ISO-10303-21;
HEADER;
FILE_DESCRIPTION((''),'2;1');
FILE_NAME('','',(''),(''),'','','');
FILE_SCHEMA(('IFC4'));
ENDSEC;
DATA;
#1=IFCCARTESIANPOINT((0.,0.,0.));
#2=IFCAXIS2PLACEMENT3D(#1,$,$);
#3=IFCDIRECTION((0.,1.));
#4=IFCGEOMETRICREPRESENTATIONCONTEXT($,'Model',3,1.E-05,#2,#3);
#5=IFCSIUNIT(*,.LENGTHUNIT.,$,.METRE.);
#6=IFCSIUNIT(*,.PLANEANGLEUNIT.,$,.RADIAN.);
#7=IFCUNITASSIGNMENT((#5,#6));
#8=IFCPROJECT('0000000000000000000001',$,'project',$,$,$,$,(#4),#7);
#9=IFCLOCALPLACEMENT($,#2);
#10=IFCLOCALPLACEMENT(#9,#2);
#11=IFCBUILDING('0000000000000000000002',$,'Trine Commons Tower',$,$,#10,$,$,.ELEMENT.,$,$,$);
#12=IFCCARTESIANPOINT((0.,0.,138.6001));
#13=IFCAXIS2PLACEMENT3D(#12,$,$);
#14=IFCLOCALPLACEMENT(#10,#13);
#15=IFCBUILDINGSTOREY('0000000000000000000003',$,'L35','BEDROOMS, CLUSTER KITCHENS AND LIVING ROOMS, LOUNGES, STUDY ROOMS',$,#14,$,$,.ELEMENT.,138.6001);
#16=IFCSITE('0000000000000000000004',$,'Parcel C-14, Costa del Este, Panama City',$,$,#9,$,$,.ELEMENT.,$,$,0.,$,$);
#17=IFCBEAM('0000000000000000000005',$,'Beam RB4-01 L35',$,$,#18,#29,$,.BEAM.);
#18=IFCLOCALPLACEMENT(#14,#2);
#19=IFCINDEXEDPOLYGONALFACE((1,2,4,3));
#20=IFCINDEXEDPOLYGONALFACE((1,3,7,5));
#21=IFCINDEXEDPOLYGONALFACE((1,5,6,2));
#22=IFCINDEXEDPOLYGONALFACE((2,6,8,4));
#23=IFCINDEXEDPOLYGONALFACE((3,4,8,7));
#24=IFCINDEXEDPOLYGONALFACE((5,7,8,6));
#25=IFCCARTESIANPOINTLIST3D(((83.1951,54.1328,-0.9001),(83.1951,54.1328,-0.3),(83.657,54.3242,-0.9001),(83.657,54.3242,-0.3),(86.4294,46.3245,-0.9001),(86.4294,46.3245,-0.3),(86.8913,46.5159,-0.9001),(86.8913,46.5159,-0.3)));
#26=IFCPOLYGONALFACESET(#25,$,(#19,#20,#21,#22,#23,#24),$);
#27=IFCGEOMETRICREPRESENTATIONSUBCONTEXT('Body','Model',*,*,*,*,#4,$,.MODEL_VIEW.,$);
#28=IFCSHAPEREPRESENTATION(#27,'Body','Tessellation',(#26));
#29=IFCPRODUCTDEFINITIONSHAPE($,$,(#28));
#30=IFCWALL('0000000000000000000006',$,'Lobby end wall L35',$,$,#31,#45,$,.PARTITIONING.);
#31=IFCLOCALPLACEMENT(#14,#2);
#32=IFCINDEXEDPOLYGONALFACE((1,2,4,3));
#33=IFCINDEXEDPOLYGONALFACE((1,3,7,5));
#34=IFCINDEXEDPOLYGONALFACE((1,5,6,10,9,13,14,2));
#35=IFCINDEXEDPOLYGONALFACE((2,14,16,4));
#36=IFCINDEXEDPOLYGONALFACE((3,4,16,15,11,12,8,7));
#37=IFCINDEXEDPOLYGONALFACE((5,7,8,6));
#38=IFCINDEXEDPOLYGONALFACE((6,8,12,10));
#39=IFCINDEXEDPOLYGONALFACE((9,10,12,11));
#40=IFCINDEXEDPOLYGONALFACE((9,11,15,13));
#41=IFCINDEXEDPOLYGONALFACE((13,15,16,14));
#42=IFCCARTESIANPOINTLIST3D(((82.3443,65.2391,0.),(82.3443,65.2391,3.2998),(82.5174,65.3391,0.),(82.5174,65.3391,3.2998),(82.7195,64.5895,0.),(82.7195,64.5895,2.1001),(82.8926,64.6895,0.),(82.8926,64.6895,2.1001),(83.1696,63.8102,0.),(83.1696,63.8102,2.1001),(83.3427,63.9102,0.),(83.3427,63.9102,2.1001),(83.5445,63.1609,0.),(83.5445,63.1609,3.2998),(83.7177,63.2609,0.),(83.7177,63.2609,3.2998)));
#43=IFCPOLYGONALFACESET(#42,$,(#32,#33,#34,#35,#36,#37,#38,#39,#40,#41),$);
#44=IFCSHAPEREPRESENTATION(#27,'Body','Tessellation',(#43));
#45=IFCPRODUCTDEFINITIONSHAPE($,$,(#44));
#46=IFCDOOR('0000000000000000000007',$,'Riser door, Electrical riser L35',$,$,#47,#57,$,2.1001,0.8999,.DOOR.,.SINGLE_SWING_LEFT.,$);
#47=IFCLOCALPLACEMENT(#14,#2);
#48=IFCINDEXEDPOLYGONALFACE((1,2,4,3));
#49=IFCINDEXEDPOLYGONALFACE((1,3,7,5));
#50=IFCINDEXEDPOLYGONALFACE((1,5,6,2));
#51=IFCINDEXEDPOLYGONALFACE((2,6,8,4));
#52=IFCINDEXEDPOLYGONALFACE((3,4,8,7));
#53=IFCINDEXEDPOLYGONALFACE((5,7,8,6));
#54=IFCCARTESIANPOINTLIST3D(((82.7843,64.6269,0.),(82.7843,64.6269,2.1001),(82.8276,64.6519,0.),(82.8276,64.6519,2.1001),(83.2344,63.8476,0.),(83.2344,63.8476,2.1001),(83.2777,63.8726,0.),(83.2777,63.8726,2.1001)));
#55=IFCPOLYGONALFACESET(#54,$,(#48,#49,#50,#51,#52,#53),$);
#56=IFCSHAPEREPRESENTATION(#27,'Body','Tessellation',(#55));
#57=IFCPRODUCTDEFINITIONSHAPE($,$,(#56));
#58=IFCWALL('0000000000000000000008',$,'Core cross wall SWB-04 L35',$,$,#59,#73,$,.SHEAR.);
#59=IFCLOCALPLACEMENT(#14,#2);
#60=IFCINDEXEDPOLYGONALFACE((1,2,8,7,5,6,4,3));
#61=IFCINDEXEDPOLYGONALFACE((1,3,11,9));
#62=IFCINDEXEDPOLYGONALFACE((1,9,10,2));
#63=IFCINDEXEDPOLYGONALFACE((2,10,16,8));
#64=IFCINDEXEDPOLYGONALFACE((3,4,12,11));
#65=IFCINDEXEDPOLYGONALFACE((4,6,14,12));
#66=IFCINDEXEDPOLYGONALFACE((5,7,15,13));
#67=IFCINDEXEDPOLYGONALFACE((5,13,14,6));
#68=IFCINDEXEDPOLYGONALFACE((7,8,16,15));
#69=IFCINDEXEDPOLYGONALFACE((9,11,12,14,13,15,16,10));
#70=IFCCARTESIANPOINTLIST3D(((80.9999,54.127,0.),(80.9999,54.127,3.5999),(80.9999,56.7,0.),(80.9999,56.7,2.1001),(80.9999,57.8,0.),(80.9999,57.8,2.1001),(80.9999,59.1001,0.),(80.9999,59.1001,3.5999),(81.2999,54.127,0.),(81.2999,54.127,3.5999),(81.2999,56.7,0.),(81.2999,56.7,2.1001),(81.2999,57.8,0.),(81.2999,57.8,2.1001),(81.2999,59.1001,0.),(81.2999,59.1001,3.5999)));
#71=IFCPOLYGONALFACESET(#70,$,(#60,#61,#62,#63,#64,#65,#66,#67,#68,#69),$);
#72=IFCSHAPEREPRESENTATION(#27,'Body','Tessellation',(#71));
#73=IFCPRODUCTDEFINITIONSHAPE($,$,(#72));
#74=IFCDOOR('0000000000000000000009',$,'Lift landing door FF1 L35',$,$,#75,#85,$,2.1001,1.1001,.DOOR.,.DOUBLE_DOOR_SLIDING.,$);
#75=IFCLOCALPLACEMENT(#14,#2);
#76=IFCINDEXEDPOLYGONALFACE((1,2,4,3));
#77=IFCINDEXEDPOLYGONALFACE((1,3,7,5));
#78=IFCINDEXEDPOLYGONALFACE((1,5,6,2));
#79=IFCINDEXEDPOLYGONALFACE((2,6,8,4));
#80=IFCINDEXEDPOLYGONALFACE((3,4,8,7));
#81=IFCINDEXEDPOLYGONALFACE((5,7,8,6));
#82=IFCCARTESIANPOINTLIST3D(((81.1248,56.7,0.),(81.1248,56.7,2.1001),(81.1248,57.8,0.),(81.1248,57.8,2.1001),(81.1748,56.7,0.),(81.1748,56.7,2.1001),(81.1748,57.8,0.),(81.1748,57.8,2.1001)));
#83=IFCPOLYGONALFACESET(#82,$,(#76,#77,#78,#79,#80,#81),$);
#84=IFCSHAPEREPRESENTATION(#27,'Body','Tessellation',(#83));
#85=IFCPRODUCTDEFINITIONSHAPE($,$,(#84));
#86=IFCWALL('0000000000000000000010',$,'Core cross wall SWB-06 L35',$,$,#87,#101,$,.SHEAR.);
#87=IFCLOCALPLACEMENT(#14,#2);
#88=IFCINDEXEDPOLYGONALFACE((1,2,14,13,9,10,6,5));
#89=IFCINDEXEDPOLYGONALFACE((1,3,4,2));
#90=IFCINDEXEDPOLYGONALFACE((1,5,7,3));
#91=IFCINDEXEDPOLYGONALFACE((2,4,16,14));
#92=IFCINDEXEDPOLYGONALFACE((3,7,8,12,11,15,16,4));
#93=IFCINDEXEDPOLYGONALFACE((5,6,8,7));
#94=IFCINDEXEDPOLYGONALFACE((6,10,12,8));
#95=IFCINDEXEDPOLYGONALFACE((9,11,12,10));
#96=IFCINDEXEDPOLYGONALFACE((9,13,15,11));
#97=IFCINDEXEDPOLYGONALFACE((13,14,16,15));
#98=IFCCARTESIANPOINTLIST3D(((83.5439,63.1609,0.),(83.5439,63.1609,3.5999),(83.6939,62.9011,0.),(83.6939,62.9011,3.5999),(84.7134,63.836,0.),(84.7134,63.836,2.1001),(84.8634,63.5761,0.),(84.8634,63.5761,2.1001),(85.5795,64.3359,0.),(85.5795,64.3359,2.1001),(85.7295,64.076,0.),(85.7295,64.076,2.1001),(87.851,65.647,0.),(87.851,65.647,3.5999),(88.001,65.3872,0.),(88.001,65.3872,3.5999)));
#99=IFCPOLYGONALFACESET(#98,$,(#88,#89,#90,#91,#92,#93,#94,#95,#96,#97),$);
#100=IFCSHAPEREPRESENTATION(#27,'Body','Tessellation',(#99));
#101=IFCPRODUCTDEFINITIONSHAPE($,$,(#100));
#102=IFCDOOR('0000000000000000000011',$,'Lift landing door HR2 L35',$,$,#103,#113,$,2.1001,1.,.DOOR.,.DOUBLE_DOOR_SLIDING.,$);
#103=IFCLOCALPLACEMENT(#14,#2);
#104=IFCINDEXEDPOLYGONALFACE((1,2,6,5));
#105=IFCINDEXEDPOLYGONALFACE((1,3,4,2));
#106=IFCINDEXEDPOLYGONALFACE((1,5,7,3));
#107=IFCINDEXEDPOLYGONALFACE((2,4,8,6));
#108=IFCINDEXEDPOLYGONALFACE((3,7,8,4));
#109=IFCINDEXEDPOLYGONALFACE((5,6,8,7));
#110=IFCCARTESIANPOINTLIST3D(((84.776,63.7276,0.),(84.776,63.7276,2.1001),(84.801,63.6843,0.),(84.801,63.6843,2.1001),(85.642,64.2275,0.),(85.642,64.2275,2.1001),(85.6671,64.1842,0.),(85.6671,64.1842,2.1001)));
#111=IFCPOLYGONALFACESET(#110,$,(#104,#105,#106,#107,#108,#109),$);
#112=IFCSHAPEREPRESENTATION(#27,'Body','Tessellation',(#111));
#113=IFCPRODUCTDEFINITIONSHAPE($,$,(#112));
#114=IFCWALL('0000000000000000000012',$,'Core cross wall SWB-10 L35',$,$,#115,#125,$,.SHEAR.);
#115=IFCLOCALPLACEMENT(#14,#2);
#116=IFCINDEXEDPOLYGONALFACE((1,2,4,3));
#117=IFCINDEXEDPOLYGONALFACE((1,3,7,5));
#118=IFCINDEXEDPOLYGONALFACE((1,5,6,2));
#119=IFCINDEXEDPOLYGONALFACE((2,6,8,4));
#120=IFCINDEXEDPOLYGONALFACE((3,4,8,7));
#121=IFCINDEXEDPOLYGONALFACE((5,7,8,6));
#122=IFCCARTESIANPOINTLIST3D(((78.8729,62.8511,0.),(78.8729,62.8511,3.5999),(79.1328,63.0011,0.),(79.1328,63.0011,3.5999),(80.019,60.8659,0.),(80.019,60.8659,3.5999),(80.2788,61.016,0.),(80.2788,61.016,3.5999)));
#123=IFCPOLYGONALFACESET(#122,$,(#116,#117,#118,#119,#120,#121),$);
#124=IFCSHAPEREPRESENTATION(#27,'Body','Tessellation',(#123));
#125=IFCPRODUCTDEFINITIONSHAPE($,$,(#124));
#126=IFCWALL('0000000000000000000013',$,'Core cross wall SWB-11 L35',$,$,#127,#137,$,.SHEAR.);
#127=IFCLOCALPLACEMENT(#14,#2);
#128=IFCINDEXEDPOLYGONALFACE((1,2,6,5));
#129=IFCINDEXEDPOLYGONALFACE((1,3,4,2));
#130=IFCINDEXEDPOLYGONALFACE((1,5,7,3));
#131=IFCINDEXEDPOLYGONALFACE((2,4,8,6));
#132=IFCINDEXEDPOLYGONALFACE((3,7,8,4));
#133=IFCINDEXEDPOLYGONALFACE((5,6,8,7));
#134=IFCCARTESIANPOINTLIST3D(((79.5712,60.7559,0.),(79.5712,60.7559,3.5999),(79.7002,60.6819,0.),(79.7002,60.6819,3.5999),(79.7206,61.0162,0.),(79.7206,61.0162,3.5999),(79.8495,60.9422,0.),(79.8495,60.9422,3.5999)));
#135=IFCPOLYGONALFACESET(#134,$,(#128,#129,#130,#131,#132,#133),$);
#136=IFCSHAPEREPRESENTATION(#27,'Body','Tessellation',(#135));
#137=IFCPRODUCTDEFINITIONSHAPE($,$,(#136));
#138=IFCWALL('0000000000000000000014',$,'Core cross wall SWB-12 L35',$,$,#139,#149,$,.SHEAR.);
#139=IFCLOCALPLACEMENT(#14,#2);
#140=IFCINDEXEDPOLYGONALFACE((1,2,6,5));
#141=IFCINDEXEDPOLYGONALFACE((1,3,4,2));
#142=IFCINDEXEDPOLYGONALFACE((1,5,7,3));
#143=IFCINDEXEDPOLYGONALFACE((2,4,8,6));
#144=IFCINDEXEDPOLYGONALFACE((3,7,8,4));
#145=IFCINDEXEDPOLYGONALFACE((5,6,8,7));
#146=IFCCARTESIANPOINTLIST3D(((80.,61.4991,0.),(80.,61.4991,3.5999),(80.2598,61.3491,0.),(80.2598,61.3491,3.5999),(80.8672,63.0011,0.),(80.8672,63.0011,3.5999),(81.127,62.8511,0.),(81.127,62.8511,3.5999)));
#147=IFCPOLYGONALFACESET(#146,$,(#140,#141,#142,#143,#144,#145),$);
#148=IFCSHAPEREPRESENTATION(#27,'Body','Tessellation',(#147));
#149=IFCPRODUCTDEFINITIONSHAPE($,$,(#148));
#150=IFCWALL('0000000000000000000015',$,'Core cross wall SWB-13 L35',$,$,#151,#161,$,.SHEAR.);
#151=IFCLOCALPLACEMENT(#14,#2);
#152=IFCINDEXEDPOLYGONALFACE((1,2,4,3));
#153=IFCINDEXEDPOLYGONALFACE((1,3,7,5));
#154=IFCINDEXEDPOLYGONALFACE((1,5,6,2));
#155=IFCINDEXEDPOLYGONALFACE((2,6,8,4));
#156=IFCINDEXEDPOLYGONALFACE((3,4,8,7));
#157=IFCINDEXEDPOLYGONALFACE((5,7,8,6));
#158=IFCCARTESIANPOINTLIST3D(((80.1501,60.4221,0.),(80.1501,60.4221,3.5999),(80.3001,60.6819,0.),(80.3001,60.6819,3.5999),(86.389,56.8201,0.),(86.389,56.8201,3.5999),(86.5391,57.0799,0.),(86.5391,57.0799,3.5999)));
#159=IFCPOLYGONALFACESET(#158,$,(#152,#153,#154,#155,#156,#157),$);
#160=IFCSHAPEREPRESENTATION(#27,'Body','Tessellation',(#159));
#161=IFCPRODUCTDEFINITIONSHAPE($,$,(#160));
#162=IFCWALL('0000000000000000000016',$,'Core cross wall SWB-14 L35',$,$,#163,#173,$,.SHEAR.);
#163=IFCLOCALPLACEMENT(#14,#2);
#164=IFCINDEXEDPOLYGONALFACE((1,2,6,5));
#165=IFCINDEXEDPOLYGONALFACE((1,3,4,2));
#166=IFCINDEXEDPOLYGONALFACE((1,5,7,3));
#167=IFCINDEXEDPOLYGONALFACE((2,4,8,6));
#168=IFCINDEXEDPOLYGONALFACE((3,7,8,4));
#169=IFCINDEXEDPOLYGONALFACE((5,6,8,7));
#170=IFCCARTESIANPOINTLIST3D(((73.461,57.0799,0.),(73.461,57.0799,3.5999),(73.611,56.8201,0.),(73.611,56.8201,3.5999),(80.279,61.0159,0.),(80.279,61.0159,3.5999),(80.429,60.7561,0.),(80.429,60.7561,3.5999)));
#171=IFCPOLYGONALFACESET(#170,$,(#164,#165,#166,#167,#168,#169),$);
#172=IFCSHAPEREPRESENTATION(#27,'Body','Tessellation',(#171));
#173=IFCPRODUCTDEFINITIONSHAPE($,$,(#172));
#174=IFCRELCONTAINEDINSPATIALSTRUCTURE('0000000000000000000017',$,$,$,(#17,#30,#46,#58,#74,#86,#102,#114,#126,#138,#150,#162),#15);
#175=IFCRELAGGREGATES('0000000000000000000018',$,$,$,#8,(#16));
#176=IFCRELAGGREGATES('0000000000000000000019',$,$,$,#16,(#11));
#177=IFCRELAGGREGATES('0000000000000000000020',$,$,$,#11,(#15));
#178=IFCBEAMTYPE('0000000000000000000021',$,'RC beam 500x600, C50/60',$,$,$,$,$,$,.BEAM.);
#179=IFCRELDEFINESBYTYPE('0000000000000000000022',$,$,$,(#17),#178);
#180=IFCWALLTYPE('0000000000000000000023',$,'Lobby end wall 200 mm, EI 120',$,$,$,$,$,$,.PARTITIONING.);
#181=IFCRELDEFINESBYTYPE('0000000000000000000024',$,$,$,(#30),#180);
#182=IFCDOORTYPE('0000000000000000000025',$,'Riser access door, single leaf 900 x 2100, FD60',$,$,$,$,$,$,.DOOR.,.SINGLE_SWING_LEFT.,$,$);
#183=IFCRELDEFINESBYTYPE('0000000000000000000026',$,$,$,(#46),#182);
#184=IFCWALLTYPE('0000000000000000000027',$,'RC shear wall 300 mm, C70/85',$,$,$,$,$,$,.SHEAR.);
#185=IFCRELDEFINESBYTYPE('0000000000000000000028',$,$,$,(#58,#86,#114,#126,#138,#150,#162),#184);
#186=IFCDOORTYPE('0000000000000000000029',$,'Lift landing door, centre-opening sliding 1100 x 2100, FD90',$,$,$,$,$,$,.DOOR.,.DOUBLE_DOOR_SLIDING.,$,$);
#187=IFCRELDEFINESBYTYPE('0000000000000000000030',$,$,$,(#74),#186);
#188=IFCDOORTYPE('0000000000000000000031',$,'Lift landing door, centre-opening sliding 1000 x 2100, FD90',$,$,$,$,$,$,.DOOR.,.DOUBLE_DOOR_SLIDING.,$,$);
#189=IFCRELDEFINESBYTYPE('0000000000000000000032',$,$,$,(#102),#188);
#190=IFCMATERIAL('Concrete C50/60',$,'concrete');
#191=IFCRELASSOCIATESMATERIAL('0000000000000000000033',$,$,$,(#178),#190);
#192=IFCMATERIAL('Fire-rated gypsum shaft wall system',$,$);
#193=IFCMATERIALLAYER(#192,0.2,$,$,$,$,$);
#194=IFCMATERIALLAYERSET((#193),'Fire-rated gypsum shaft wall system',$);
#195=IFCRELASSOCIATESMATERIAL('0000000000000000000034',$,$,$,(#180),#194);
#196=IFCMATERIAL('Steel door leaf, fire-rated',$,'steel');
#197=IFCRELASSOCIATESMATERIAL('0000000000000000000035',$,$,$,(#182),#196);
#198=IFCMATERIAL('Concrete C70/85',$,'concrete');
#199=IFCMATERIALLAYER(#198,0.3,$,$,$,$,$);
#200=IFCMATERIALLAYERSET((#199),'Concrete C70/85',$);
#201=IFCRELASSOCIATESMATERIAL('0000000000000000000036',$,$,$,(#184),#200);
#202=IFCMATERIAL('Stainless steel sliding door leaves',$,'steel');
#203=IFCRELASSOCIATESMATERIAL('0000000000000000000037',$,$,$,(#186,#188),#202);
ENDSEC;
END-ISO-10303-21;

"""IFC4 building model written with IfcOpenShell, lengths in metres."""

from ifc_helpers import new_model, si_unit, direction, frame, frame_2d, origin, origin_2d, place, context, subcontext, project, spatial, rectangle, extrude, material, layer, layer_set, material_profile, profile_set, type_object, element, fill, save


model = new_model("IFC4")

# Units and contexts
model_context = context("Model", 3, precision=1e-05, world=origin(), true_north=direction((0.0, 1.0)))
body_context = subcontext(model_context, "Body", "Model", "MODEL_VIEW")
ifc_project = project(units=[si_unit("LENGTHUNIT", "METRE"), si_unit("PLANEANGLEUNIT", "RADIAN")], contexts=[model_context])

# Site, building, storey
site_placement = place(None, origin())
site = spatial("IfcSite", under=ifc_project, at=site_placement, Name="Parcel C-14, Costa del Este, Panama City", CompositionType="ELEMENT", RefElevation=0.0)
building_placement = place(site_placement, origin())
building = spatial("IfcBuilding", under=site, at=building_placement, Name="Trine Commons Tower", CompositionType="ELEMENT")
storey_placement = place(building_placement, frame((0.0, 0.0, 138.6001)))
storey = spatial("IfcBuildingStorey", under=building, at=storey_placement, Name="L35", Description="BEDROOMS, CLUSTER KITCHENS AND LIVING ROOMS, LOUNGES, STUDY ROOMS", CompositionType="ELEMENT", Elevation=138.6001)

# Beam
ifc_material_1 = material(Name="Concrete C50/60", Category="concrete")
ifc_material_profile = material_profile(ifc_material_1, rectangle(XDim=0.5, YDim=0.6001, at=origin_2d()), Name="RC 500x600")
ifc_profile_set = profile_set([ifc_material_profile], Name="Concrete C50/60")
beam_type = type_object("IfcBeamType", Name="RC beam 500x600, C50/60", PredefinedType="BEAM", material=ifc_profile_set)
beam_placement = place(storey_placement, frame((83.426, 54.2285, -0.6001), z_axis=(0.382689, -0.923877, 0.0), x_axis=(0.923877, 0.382689, 0.0)))
element("IfcBeam", 1, at=beam_placement, inside=storey, type_object=beam_type, Name="Beam RB4-01 L35", PredefinedType="BEAM", context=body_context, shape_type="SweptSolid", body=[
    extrude(rectangle(XDim=0.5, YDim=0.6001, at=origin_2d()), origin(), (0.0, 0.0, 1.0), 8.4517),
])

# Walls, openings, doors
ifc_material_2 = material(Name="Fire-rated gypsum shaft wall system")
ifc_layer_1 = layer(ifc_material_2, 0.2)
ifc_layer_set_1 = layer_set([ifc_layer_1], Name="Fire-rated gypsum shaft wall system")
wall_type_1 = type_object("IfcWallType", Name="Lobby end wall 200 mm, EI 120", PredefinedType="PARTITIONING", material=ifc_layer_set_1)
wall_1_placement = place(storey_placement, frame((83.6311, 63.2109, 0.0), z_axis=(0.0, 0.0, 1.0), x_axis=(-0.500122, 0.865955, 0.0)))
wall_1 = element("IfcWall", 2, at=wall_1_placement, inside=storey, type_object=wall_type_1, Name="Lobby end wall L35", PredefinedType="PARTITIONING", context=body_context, shape_type="SweptSolid", body=[
    extrude(rectangle(XDim=2.3999, YDim=0.2, at=frame_2d((1.2, 0.0))), origin(), (0.0, 0.0, 1.0), 3.2998),
])
opening_1_placement = place(wall_1_placement, frame((0.7498, 0.0, 0.0)))
opening_1 = element("IfcOpeningElement", 3, at=opening_1_placement, cuts=wall_1, PredefinedType="OPENING", context=body_context, shape_type="SweptSolid", body=[
    extrude(rectangle(XDim=0.8999, YDim=2.1001, at=frame_2d((0.45, 1.05))), frame((0.0, 0.1099, 0.0), z_axis=(0.0, -1.0, 0.0), x_axis=(1.0, 0.0, 0.0)), (0.0, 0.0, 1.0), 0.22),
])
ifc_material_3 = material(Name="Steel door leaf, fire-rated", Category="steel")
door_type_1 = type_object("IfcDoorType", Name="Riser access door, single leaf 900 x 2100, FD60", OperationType="SINGLE_SWING_LEFT", PredefinedType="DOOR", material=ifc_material_3)
door_1_placement = place(opening_1_placement, frame((0.8999, 0.0, 0.0), z_axis=(0.0, 0.0, 1.0), x_axis=(-1.0, 0.0, 0.0)))
door_1 = element("IfcDoor", 4, at=door_1_placement, inside=storey, type_object=door_type_1, Name="Riser door, Electrical riser L35", OperationType="SINGLE_SWING_LEFT", OverallHeight=2.1001, OverallWidth=0.8999, PredefinedType="DOOR", context=body_context, shape_type="SweptSolid", body=[
    extrude(rectangle(XDim=0.8999, YDim=2.1001, at=frame_2d((0.45, 1.05))), frame((0.0, 0.0249, 0.0), z_axis=(0.0, -1.0, 0.0), x_axis=(1.0, 0.0, 0.0)), (0.0, 0.0, 1.0), 0.05),
])
fill(opening_1, door_1)
ifc_material_4 = material(Name="Concrete C70/85", Category="concrete")
ifc_layer_2 = layer(ifc_material_4, 0.3)
ifc_layer_set_2 = layer_set([ifc_layer_2], Name="Concrete C70/85")
wall_type_2 = type_object("IfcWallType", Name="RC shear wall 300 mm, C70/85", PredefinedType="SHEAR", material=ifc_layer_set_2)
wall_2_placement = place(storey_placement, frame((81.1499, 59.1001, 0.0), z_axis=(0.0, 0.0, 1.0), x_axis=(0.0, -1.0, 0.0)))
wall_2 = element("IfcWall", 5, at=wall_2_placement, inside=storey, type_object=wall_type_2, Name="Core cross wall SWB-04 L35", PredefinedType="SHEAR", context=body_context, shape_type="SweptSolid", body=[
    extrude(rectangle(XDim=4.9731, YDim=0.3, at=frame_2d((2.4866, 0.0))), origin(), (0.0, 0.0, 1.0), 3.5999),
])
opening_2_placement = place(wall_2_placement, frame((1.3, 0.0, 0.0)))
opening_2 = element("IfcOpeningElement", 6, at=opening_2_placement, cuts=wall_2, PredefinedType="OPENING", context=body_context, shape_type="SweptSolid", body=[
    extrude(rectangle(XDim=1.1001, YDim=2.1001, at=frame_2d((0.55, 1.05))), frame((0.0, 0.1599, 0.0), z_axis=(0.0, -1.0, 0.0), x_axis=(1.0, 0.0, 0.0)), (0.0, 0.0, 1.0), 0.3201),
])
ifc_material_5 = material(Name="Stainless steel sliding door leaves", Category="steel")
door_type_2 = type_object("IfcDoorType", Name="Lift landing door, centre-opening sliding 1100 x 2100, FD90", OperationType="DOUBLE_DOOR_SLIDING", PredefinedType="DOOR", material=ifc_material_5)
door_2_placement = place(opening_2_placement, origin())
door_2 = element("IfcDoor", 7, at=door_2_placement, inside=storey, type_object=door_type_2, Name="Lift landing door FF1 L35", OperationType="DOUBLE_DOOR_SLIDING", OverallHeight=2.1001, OverallWidth=1.1001, PredefinedType="DOOR", context=body_context, shape_type="SweptSolid", body=[
    extrude(rectangle(XDim=1.1001, YDim=2.1001, at=frame_2d((0.55, 1.05))), frame((0.0, 0.0249, 0.0), z_axis=(0.0, -1.0, 0.0), x_axis=(1.0, 0.0, 0.0)), (0.0, 0.0, 1.0), 0.05),
])
fill(opening_2, door_2)
wall_3_placement = place(storey_placement, frame((83.6189, 63.031, 0.0), z_axis=(0.0, 0.0, 1.0), x_axis=(0.866081, 0.499904, 0.0)))
wall_3 = element("IfcWall", 8, at=wall_3_placement, inside=storey, type_object=wall_type_2, Name="Core cross wall SWB-06 L35", PredefinedType="SHEAR", context=body_context, shape_type="SweptSolid", body=[
    extrude(rectangle(XDim=4.9731, YDim=0.3, at=frame_2d((2.4866, 0.0))), origin(), (0.0, 0.0, 1.0), 3.5999),
])
opening_3_placement = place(wall_3_placement, frame((1.3503, 0.0, 0.0)))
opening_3 = element("IfcOpeningElement", 9, at=opening_3_placement, cuts=wall_3, PredefinedType="OPENING", context=body_context, shape_type="SweptSolid", body=[
    extrude(rectangle(XDim=1.0, YDim=2.1001, at=frame_2d((0.5, 1.05))), frame((0.0, 0.1599, 0.0), z_axis=(0.0, -1.0, 0.0), x_axis=(1.0, 0.0, 0.0)), (0.0, 0.0, 1.0), 0.3201),
])
door_type_3 = type_object("IfcDoorType", Name="Lift landing door, centre-opening sliding 1000 x 2100, FD90", OperationType="DOUBLE_DOOR_SLIDING", PredefinedType="DOOR", material=ifc_material_5)
door_3_placement = place(opening_3_placement, origin())
door_3 = element("IfcDoor", 10, at=door_3_placement, inside=storey, type_object=door_type_3, Name="Lift landing door HR2 L35", OperationType="DOUBLE_DOOR_SLIDING", OverallHeight=2.1001, OverallWidth=1.0, PredefinedType="DOOR", context=body_context, shape_type="SweptSolid", body=[
    extrude(rectangle(XDim=1.0, YDim=2.1001, at=frame_2d((0.5, 1.05))), frame((0.0, 0.0249, 0.0), z_axis=(0.0, -1.0, 0.0), x_axis=(1.0, 0.0, 0.0)), (0.0, 0.0, 1.0), 0.05),
])
fill(opening_3, door_3)

# Walls
wall_4_placement = place(storey_placement, frame((79.0029, 62.926, 0.0), z_axis=(0.0, 0.0, 1.0), x_axis=(0.499965, -0.866045, 0.0)))
element("IfcWall", 11, at=wall_4_placement, inside=storey, type_object=wall_type_2, Name="Core cross wall SWB-10 L35", PredefinedType="SHEAR", context=body_context, shape_type="SweptSolid", body=[
    extrude(rectangle(XDim=2.2922, YDim=0.3, at=frame_2d((1.146, 0.0))), origin(), (0.0, 0.0, 1.0), 3.5999),
])
wall_5_placement = place(storey_placement, frame((79.646, 60.886, 0.0), z_axis=(0.0, 0.0, 1.0), x_axis=(0.867332, -0.49773, 0.0)))
element("IfcWall", 12, at=wall_5_placement, inside=storey, type_object=wall_type_2, Name="Core cross wall SWB-11 L35", PredefinedType="SHEAR", context=body_context, shape_type="SweptSolid", body=[
    extrude(rectangle(XDim=0.1487, YDim=0.3, at=frame_2d((0.0742, 0.0))), origin(), (0.0, 0.0, 1.0), 3.5999),
])
wall_6_placement = place(storey_placement, frame((80.1299, 61.4241, 0.0), z_axis=(0.0, 0.0, 1.0), x_axis=(0.500015, 0.866017, 0.0)))
element("IfcWall", 13, at=wall_6_placement, inside=storey, type_object=wall_type_2, Name="Core cross wall SWB-12 L35", PredefinedType="SHEAR", context=body_context, shape_type="SweptSolid", body=[
    extrude(rectangle(XDim=1.7344, YDim=0.3, at=frame_2d((0.8672, 0.0))), origin(), (0.0, 0.0, 1.0), 3.5999),
])
wall_7_placement = place(storey_placement, frame((80.2251, 60.552, 0.0), z_axis=(0.0, 0.0, 1.0), x_axis=(0.866028, -0.499995, 0.0)))
element("IfcWall", 14, at=wall_7_placement, inside=storey, type_object=wall_type_2, Name="Core cross wall SWB-13 L35", PredefinedType="SHEAR", context=body_context, shape_type="SweptSolid", body=[
    extrude(rectangle(XDim=7.2041, YDim=0.3, at=frame_2d((3.6021, 0.0))), origin(), (0.0, 0.0, 1.0), 3.5999),
])
wall_8_placement = place(storey_placement, frame((80.354, 60.886, 0.0), z_axis=(0.0, 0.0, 1.0), x_axis=(-0.866048, -0.499961, 0.0)))
element("IfcWall", 15, at=wall_8_placement, inside=storey, type_object=wall_type_2, Name="Core cross wall SWB-14 L35", PredefinedType="SHEAR", context=body_context, shape_type="SweptSolid", body=[
    extrude(rectangle(XDim=7.8726, YDim=0.3, at=frame_2d((3.9363, 0.0))), origin(), (0.0, 0.0, 1.0), 3.5999),
])

save(model, "model.ifc")
